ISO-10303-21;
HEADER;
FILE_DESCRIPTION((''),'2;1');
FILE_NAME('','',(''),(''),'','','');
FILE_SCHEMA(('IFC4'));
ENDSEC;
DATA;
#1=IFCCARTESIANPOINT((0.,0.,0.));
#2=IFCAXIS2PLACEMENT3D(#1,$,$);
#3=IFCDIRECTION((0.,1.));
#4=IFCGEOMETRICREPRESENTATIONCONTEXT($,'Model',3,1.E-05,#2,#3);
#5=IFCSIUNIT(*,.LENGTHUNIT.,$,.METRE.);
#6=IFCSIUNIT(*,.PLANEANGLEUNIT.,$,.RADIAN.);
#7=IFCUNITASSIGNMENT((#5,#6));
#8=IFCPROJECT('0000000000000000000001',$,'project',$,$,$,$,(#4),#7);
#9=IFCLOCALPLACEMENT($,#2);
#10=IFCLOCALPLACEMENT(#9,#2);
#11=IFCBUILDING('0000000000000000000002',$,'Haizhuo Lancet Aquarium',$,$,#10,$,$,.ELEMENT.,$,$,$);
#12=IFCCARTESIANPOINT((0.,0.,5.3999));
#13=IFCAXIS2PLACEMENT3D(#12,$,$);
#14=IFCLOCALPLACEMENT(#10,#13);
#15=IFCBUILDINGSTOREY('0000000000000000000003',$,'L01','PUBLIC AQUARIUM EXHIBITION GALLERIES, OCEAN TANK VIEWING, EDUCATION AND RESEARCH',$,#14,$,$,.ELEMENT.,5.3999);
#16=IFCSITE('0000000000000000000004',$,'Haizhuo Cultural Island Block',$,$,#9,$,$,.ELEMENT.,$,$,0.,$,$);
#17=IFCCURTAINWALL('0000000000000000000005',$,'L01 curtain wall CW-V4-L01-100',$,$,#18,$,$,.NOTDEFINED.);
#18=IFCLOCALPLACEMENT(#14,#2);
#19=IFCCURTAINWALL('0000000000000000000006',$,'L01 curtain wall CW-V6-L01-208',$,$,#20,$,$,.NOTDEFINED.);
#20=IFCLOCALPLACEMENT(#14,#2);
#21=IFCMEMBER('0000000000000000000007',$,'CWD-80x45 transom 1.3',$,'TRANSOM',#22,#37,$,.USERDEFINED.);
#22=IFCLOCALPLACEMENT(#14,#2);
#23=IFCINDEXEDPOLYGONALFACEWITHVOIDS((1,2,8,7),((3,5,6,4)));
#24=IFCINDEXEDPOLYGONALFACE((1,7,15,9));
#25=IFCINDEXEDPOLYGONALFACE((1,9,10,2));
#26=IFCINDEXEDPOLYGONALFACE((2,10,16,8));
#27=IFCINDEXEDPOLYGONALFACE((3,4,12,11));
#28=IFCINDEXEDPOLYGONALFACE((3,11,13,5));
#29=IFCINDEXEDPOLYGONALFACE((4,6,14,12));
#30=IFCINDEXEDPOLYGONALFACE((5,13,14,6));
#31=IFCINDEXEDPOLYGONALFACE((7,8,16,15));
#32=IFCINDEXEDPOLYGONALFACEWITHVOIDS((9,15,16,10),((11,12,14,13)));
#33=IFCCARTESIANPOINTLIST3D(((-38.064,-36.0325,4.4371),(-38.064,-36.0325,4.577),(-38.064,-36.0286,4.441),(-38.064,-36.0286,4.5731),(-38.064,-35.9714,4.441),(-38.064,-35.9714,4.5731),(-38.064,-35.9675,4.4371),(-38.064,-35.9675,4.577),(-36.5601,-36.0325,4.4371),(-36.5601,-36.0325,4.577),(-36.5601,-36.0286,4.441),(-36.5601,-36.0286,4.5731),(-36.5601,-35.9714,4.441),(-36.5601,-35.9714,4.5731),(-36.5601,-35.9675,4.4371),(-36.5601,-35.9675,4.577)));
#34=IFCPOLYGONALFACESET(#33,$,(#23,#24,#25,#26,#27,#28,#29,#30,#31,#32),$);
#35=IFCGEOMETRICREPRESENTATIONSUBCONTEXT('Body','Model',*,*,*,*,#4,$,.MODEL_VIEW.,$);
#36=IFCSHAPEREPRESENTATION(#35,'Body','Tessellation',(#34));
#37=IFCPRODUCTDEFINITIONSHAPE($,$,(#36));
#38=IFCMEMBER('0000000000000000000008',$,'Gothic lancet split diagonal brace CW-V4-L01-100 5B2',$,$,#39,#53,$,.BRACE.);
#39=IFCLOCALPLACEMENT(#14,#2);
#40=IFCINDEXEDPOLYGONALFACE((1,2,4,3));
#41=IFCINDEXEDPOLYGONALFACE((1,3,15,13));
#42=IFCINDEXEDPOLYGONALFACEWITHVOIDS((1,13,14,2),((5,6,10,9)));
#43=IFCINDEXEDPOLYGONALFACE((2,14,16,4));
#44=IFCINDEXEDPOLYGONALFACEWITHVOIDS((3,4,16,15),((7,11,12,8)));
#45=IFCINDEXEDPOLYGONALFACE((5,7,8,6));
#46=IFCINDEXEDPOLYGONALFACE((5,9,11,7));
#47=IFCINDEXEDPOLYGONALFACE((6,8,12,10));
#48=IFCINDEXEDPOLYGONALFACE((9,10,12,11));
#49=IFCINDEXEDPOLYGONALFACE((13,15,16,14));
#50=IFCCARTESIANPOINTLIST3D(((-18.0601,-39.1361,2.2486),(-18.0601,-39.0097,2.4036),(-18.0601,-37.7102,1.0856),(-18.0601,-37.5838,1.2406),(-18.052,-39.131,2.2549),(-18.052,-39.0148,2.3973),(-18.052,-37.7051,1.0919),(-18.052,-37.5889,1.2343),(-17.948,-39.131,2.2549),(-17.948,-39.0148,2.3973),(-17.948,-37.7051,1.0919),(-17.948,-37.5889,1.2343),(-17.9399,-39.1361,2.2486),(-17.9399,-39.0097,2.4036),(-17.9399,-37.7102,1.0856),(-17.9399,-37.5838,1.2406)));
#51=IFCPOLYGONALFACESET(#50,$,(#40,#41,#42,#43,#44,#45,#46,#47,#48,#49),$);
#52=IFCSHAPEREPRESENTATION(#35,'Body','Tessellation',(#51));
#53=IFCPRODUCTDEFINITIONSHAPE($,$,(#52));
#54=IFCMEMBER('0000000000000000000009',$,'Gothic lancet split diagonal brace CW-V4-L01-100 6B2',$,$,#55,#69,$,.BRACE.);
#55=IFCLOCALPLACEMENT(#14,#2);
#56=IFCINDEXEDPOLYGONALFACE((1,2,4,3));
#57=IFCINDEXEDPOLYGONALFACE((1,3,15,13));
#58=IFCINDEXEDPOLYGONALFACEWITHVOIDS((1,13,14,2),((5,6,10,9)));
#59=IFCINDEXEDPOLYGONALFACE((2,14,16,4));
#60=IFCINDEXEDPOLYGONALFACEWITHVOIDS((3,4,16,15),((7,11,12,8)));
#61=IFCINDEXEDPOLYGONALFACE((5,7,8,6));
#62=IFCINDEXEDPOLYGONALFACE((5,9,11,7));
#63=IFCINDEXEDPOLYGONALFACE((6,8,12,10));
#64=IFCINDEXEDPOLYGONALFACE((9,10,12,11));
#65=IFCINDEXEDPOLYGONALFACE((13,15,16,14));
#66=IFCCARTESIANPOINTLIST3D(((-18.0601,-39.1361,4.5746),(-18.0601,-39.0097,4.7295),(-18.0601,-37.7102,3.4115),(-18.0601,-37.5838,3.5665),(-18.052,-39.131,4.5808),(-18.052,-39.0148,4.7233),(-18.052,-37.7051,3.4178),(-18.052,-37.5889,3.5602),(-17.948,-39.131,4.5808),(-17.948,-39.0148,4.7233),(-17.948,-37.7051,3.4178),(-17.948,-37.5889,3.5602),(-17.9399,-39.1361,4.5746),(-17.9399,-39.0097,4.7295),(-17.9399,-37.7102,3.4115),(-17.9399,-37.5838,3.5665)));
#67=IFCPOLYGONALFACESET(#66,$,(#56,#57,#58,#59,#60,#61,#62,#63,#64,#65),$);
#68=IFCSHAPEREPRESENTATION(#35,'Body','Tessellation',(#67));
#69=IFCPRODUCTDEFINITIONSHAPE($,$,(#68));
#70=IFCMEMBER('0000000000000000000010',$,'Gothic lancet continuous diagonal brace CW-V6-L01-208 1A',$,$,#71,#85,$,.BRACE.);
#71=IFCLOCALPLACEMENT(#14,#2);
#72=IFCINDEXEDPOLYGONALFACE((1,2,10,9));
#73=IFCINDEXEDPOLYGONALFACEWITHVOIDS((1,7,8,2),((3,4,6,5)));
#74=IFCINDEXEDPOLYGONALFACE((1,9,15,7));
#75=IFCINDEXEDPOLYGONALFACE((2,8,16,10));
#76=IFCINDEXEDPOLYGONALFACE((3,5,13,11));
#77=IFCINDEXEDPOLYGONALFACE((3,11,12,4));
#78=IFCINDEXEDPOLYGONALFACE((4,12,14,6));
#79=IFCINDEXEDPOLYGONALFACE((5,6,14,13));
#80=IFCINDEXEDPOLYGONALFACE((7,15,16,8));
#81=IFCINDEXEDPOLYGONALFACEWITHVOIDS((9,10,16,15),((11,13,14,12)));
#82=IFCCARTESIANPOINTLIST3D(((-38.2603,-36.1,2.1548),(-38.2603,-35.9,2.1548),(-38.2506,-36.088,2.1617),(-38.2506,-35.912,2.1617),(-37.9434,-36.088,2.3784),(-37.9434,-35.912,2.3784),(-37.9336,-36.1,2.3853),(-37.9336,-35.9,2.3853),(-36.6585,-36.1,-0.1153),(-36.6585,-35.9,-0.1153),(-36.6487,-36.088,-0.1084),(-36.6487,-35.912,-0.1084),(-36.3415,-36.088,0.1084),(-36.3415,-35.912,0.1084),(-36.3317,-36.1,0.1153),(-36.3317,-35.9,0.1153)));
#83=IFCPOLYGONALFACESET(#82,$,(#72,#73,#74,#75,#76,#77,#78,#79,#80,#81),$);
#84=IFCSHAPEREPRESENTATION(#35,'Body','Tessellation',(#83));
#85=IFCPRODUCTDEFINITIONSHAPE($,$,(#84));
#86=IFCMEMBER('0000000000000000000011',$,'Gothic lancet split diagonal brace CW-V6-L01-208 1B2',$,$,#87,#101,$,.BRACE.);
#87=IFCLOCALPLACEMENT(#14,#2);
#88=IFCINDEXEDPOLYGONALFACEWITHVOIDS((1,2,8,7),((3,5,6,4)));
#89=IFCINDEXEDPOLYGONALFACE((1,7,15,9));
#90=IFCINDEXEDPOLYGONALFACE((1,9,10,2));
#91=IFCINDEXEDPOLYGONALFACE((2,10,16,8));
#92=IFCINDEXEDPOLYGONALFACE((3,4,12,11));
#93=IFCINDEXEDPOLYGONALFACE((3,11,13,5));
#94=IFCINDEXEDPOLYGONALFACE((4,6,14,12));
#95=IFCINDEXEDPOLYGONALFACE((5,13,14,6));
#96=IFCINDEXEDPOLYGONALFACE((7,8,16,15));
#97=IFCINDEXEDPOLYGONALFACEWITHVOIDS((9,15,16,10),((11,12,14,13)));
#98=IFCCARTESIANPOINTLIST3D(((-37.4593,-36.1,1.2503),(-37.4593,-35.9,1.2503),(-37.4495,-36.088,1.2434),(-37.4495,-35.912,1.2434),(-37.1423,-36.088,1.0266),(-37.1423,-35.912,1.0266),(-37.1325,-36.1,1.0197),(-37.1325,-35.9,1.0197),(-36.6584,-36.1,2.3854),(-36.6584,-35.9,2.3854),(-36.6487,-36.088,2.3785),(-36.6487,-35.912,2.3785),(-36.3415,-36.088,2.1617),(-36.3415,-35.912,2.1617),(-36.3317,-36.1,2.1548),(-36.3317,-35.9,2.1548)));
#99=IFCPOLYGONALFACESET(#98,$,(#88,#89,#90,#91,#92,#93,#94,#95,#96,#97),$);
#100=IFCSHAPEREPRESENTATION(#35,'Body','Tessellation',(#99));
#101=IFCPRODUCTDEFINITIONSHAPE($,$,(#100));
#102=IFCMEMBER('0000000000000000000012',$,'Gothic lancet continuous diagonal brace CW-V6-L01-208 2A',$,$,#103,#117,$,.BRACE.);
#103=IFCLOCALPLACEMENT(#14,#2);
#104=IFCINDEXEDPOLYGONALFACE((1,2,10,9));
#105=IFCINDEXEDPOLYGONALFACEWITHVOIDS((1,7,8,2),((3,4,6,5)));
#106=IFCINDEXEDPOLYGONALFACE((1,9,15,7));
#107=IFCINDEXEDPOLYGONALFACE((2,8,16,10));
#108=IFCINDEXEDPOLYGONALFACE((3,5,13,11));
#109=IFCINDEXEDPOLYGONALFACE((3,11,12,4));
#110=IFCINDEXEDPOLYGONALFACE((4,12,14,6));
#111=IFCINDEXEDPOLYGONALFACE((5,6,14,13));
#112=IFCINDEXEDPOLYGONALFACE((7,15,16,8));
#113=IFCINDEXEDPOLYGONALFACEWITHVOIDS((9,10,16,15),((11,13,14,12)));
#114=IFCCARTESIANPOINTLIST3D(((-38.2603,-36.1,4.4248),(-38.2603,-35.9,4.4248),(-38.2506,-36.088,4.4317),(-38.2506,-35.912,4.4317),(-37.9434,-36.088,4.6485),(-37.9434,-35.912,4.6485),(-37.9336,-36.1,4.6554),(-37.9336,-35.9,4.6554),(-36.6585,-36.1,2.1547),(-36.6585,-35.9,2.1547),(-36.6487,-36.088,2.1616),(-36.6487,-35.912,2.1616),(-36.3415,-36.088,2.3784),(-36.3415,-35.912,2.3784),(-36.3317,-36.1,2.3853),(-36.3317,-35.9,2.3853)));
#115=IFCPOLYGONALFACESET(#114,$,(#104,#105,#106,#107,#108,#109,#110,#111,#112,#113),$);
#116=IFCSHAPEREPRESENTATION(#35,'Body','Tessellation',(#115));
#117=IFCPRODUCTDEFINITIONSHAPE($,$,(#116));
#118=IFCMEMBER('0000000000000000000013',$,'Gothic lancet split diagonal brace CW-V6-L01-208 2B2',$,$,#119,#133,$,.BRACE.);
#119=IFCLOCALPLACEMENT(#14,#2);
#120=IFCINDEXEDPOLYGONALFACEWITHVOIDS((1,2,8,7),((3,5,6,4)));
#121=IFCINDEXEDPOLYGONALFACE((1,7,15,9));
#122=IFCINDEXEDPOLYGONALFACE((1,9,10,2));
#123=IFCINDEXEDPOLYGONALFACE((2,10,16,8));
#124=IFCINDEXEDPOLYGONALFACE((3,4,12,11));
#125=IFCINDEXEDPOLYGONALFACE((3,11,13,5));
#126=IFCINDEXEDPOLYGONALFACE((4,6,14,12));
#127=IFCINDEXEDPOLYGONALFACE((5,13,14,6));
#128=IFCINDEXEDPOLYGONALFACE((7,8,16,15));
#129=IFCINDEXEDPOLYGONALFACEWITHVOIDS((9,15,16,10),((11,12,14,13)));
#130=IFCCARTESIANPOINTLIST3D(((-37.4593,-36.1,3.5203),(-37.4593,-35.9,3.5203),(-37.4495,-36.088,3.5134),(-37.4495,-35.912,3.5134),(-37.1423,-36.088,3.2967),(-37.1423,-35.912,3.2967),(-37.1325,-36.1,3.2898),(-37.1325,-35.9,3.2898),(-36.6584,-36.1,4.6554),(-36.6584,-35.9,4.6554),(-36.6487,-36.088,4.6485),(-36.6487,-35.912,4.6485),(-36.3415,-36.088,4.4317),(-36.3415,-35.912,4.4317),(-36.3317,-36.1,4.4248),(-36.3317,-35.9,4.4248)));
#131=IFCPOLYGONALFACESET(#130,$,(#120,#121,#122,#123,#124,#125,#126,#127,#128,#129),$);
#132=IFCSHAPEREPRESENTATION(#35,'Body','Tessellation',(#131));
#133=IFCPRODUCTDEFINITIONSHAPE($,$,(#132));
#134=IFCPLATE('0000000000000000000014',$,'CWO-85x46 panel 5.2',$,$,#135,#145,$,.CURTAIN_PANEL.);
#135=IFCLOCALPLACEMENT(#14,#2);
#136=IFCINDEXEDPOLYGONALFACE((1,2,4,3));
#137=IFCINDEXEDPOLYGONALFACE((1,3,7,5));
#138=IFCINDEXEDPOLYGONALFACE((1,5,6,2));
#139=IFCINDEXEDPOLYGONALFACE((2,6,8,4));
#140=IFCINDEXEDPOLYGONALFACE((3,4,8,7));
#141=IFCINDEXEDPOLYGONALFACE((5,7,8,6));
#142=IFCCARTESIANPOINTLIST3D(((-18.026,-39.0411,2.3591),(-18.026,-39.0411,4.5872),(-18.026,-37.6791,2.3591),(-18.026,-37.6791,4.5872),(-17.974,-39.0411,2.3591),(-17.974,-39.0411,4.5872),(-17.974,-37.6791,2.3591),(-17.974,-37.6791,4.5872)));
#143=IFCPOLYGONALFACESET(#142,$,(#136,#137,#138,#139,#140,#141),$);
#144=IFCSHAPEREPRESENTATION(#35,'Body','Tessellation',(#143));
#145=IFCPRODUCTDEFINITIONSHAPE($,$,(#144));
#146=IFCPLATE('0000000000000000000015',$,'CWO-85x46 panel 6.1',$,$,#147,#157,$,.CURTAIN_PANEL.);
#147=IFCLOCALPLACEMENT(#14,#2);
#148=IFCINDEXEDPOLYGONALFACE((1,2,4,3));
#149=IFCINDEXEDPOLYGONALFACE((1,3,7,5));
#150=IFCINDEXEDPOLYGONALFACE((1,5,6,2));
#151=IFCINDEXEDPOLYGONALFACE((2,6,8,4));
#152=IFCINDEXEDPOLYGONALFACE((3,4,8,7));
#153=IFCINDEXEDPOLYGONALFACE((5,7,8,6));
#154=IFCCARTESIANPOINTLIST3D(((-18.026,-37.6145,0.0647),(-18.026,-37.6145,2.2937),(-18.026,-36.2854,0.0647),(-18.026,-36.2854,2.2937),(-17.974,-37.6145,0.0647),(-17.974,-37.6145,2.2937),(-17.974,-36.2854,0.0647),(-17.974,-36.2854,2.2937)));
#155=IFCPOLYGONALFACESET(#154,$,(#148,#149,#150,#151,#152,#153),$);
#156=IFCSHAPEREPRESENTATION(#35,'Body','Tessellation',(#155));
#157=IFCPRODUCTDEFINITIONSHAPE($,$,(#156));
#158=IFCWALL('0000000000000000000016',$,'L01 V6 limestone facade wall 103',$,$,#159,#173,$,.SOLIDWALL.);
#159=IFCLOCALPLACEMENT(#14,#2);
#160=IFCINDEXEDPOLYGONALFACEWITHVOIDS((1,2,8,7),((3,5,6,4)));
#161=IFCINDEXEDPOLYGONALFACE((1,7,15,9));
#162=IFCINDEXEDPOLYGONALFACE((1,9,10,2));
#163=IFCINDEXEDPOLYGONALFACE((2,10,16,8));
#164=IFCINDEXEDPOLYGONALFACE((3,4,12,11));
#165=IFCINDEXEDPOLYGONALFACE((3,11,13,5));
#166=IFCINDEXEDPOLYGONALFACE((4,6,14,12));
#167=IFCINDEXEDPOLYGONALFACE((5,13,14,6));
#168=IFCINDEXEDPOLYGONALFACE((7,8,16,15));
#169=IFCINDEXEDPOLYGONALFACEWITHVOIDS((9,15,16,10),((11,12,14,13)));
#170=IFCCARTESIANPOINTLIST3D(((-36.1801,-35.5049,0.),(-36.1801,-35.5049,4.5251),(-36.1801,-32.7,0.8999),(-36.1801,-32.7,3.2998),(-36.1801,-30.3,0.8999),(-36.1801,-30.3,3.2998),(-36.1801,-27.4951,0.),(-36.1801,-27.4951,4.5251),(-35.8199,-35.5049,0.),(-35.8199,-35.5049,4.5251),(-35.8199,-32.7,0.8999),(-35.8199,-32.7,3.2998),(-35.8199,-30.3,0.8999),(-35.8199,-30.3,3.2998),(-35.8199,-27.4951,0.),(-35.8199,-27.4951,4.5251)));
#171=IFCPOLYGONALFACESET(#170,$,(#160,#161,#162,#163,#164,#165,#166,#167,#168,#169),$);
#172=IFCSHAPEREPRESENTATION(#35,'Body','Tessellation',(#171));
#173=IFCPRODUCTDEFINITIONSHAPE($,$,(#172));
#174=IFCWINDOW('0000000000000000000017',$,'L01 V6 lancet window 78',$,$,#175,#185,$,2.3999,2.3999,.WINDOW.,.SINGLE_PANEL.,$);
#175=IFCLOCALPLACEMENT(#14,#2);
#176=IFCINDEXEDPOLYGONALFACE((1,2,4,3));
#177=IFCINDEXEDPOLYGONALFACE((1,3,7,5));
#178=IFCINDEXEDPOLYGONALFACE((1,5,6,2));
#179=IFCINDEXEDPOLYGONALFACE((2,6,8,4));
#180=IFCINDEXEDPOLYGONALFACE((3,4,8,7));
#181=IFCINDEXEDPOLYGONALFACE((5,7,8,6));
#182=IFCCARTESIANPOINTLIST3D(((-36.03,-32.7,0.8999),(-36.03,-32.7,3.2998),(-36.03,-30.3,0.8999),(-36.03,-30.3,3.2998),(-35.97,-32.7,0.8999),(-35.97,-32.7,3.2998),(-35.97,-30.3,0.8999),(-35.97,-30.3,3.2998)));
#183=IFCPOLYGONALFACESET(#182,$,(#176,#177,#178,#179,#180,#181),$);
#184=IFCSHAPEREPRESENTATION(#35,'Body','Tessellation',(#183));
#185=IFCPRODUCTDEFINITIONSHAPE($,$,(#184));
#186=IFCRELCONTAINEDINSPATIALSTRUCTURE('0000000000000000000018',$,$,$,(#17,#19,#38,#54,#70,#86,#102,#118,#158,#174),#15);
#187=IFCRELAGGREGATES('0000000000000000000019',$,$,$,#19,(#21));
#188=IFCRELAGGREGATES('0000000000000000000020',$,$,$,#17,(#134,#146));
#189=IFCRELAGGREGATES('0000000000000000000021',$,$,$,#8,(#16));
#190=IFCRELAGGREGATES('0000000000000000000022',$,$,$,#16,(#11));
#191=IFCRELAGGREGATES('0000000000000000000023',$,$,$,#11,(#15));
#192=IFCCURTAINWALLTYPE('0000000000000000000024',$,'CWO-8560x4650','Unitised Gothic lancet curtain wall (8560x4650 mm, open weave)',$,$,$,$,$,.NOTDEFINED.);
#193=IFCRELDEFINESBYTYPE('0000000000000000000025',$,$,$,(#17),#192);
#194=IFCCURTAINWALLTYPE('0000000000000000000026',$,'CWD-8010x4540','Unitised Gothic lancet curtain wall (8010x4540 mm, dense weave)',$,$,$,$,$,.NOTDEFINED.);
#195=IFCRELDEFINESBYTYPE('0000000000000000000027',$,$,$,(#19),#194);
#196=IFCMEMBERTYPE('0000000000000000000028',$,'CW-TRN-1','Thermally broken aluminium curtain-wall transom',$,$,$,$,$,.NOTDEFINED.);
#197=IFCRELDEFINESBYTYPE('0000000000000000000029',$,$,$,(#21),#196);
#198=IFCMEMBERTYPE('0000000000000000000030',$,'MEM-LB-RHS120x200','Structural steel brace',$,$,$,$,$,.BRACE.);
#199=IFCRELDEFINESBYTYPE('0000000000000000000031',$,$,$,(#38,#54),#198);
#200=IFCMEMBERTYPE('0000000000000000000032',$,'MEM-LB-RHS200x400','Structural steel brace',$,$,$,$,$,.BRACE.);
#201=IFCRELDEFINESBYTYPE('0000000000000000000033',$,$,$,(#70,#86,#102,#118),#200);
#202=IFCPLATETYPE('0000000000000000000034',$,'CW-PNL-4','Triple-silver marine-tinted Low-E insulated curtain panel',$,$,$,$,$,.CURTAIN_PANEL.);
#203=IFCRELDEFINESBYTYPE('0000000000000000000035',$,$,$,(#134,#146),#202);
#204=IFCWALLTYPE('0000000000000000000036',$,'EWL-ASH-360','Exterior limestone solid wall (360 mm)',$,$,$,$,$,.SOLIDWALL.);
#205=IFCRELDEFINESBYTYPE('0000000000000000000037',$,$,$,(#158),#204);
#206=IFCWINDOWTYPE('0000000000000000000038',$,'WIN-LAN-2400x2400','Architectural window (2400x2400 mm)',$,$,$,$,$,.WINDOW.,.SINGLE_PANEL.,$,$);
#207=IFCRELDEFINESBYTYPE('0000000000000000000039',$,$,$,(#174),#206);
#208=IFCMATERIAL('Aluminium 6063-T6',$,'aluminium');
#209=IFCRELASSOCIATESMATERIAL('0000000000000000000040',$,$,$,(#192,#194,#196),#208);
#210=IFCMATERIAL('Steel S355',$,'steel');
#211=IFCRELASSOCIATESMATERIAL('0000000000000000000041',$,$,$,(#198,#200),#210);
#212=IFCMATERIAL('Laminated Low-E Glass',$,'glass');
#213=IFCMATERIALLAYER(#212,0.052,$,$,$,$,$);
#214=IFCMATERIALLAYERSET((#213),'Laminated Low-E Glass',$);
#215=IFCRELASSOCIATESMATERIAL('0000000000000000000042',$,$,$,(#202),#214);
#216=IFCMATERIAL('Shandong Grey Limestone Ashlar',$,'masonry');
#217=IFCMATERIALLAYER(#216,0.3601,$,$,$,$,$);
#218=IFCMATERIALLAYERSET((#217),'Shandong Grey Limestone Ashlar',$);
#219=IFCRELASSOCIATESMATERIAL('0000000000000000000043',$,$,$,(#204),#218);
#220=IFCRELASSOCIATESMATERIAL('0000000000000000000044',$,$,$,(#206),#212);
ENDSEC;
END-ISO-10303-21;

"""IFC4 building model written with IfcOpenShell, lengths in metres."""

from ifc_helpers import new_model, si_unit, direction, frame, frame_2d, origin, origin_2d, place, context, subcontext, project, spatial, rectangle, hollow_rectangle, extrude, material, layer, layer_set, material_profile, profile_set, type_object, element, fill, aggregate, save


model = new_model("IFC4")

# Units and contexts
model_context = context("Model", 3, precision=1e-05, world=origin(), true_north=direction((0.0, 1.0)))
body_context = subcontext(model_context, "Body", "Model", "MODEL_VIEW")
ifc_project = project(units=[si_unit("LENGTHUNIT", "METRE"), si_unit("PLANEANGLEUNIT", "RADIAN")], contexts=[model_context])

# Site, building, storey
site_placement = place(None, origin())
site = spatial("IfcSite", under=ifc_project, at=site_placement, Name="Haizhuo Cultural Island Block", CompositionType="ELEMENT", RefElevation=0.0)
building_placement = place(site_placement, origin())
building = spatial("IfcBuilding", under=site, at=building_placement, Name="Haizhuo Lancet Aquarium", CompositionType="ELEMENT")
storey_placement = place(building_placement, frame((0.0, 0.0, 5.3999)))
storey = spatial("IfcBuildingStorey", under=building, at=storey_placement, Name="L01", Description="PUBLIC AQUARIUM EXHIBITION GALLERIES, OCEAN TANK VIEWING, EDUCATION AND RESEARCH", CompositionType="ELEMENT", Elevation=5.3999)

# Shared definitions
ifc_material_1 = material(Name="Steel S355", Category="steel")

# Curtain walls
ifc_material_2 = material(Name="Aluminium 6063-T6", Category="aluminium")
curtain_wall_type_1 = type_object("IfcCurtainWallType", Name="CWO-8560x4650", Description="Unitised Gothic lancet curtain wall (8560x4650 mm, open weave)", PredefinedType="NOTDEFINED", material=ifc_material_2)
curtain_wall_1_placement = place(storey_placement, origin())
curtain_wall_1 = element("IfcCurtainWall", 1, at=curtain_wall_1_placement, inside=storey, type_object=curtain_wall_type_1, Name="L01 curtain wall CW-V4-L01-100", PredefinedType="NOTDEFINED")
curtain_wall_type_2 = type_object("IfcCurtainWallType", Name="CWD-8010x4540", Description="Unitised Gothic lancet curtain wall (8010x4540 mm, dense weave)", PredefinedType="NOTDEFINED", material=ifc_material_2)
curtain_wall_2_placement = place(storey_placement, origin())
curtain_wall_2 = element("IfcCurtainWall", 2, at=curtain_wall_2_placement, inside=storey, type_object=curtain_wall_type_2, Name="L01 curtain wall CW-V6-L01-208", PredefinedType="NOTDEFINED")

# Member
ifc_material_profile_1 = material_profile(ifc_material_2, hollow_rectangle(XDim=0.0649, YDim=0.1399, WallThickness=0.0039, at=origin_2d()), Name="ALU-T 65x140x4")
ifc_profile_set_1 = profile_set([ifc_material_profile_1], Name="Aluminium 6063-T6")
member_type_1 = type_object("IfcMemberType", Name="CW-TRN-1", Description="Thermally broken aluminium curtain-wall transom", PredefinedType="NOTDEFINED", material=ifc_profile_set_1)
member_1_placement = place(storey_placement, frame((-36.5601, -36.0, 4.5071), z_axis=(-1.0, 0.0, 0.0), x_axis=(0.0, -1.0, 0.0)))
member_1 = element("IfcMember", 3, at=member_1_placement, type_object=member_type_1, Name="CWD-80x45 transom 1.3", ObjectType="TRANSOM", PredefinedType="USERDEFINED", context=body_context, shape_type="SweptSolid", body=[
    extrude(hollow_rectangle(XDim=0.0649, YDim=0.1399, WallThickness=0.0039, at=origin_2d()), origin(), (0.0, 0.0, 1.0), 1.5039),
])
aggregate(curtain_wall_2, [member_1])

# Members
ifc_material_profile_2 = material_profile(ifc_material_1, hollow_rectangle(XDim=0.1201, YDim=0.2, WallThickness=0.0081, at=origin_2d()), Name="RHS 120x200x8")
ifc_profile_set_2 = profile_set([ifc_material_profile_2], Name="Steel S355")
member_type_2 = type_object("IfcMemberType", Name="MEM-LB-RHS120x200", Description="Structural steel brace", PredefinedType="BRACE", material=ifc_profile_set_2)
for number, where, z_axis, x_axis, name in (
    (4, (-18.0, -37.647, 1.1631), (0.0, -0.774932, 0.632045), (1.0, 0.0, 0.0), "Gothic lancet split diagonal brace CW-V4-L01-100 5B2"),
    (5, (-18.0, -37.647, 3.489), (0.0, -0.774932, 0.632045), (1.0, 0.0, 0.0), "Gothic lancet split diagonal brace CW-V4-L01-100 6B2"),
):
    element("IfcMember", number, at=place(storey_placement, frame(where, z_axis=z_axis, x_axis=x_axis)), inside=storey, type_object=member_type_2, Name=name, PredefinedType="BRACE", context=body_context, shape_type="SweptSolid", body=[
        extrude(hollow_rectangle(XDim=0.1201, YDim=0.2, WallThickness=0.0081, at=origin_2d()), origin(), (0.0, 0.0, 1.0), 1.8401),
    ])
ifc_material_profile_3 = material_profile(ifc_material_1, hollow_rectangle(XDim=0.2, YDim=0.3999, WallThickness=0.012, at=origin_2d()), Name="RHS 200x400x12")
ifc_profile_set_3 = profile_set([ifc_material_profile_3], Name="Steel S355")
member_type_3 = type_object("IfcMemberType", Name="MEM-LB-RHS200x400", Description="Structural steel brace", PredefinedType="BRACE", material=ifc_profile_set_3)
member_2_placement = place(storey_placement, frame((-36.4951, -36.0, 0.0), z_axis=(-0.576549, 0.0, 0.817063), x_axis=(0.0, -1.0, 0.0)))
element("IfcMember", 6, at=member_2_placement, inside=storey, type_object=member_type_3, Name="Gothic lancet continuous diagonal brace CW-V6-L01-208 1A", PredefinedType="BRACE", context=body_context, shape_type="SweptSolid", body=[
    extrude(hollow_rectangle(XDim=0.2, YDim=0.3999, WallThickness=0.012, at=origin_2d()), origin(), (0.0, 0.0, 1.0), 2.7783),
])
member_3_placement = place(storey_placement, frame((-37.2959, -36.0, 1.135), z_axis=(0.57649, 0.0, 0.817104), x_axis=(0.0, 1.0, 0.0)))
element("IfcMember", 7, at=member_3_placement, inside=storey, type_object=member_type_3, Name="Gothic lancet split diagonal brace CW-V6-L01-208 1B2", PredefinedType="BRACE", context=body_context, shape_type="SweptSolid", body=[
    extrude(hollow_rectangle(XDim=0.2, YDim=0.3999, WallThickness=0.012, at=origin_2d()), origin(), (0.0, 0.0, 1.0), 1.3892),
])
member_4_placement = place(storey_placement, frame((-36.4951, -36.0, 2.27), z_axis=(-0.576549, 0.0, 0.817063), x_axis=(0.0, -1.0, 0.0)))
element("IfcMember", 8, at=member_4_placement, inside=storey, type_object=member_type_3, Name="Gothic lancet continuous diagonal brace CW-V6-L01-208 2A", PredefinedType="BRACE", context=body_context, shape_type="SweptSolid", body=[
    extrude(hollow_rectangle(XDim=0.2, YDim=0.3999, WallThickness=0.012, at=origin_2d()), origin(), (0.0, 0.0, 1.0), 2.7783),
])
member_5_placement = place(storey_placement, frame((-37.2959, -36.0, 3.405), z_axis=(0.57649, 0.0, 0.817104), x_axis=(0.0, 1.0, 0.0)))
element("IfcMember", 9, at=member_5_placement, inside=storey, type_object=member_type_3, Name="Gothic lancet split diagonal brace CW-V6-L01-208 2B2", PredefinedType="BRACE", context=body_context, shape_type="SweptSolid", body=[
    extrude(hollow_rectangle(XDim=0.2, YDim=0.3999, WallThickness=0.012, at=origin_2d()), origin(), (0.0, 0.0, 1.0), 1.3892),
])

# Plates
ifc_material_3 = material(Name="Laminated Low-E Glass", Category="glass")
ifc_layer_1 = layer(ifc_material_3, 0.052)
ifc_layer_set_1 = layer_set([ifc_layer_1], Name="Laminated Low-E Glass")
plate_type = type_object("IfcPlateType", Name="CW-PNL-4", Description="Triple-silver marine-tinted Low-E insulated curtain panel", PredefinedType="CURTAIN_PANEL", material=ifc_layer_set_1)
plate_1_placement = place(storey_placement, frame((-18.0, -38.3601, 2.3591), z_axis=(0.0, 0.0, 1.0), x_axis=(0.0, 1.0, 0.0)))
plate_1 = element("IfcPlate", 10, at=plate_1_placement, type_object=plate_type, Name="CWO-85x46 panel 5.2", PredefinedType="CURTAIN_PANEL", context=body_context, shape_type="SweptSolid", body=[
    extrude(rectangle(XDim=1.3621, YDim=0.052, at=origin_2d()), origin(), (0.0, 0.0, 1.0), 2.228),
])
plate_2_placement = place(storey_placement, frame((-18.0, -36.95, 0.0647), z_axis=(0.0, 0.0, 1.0), x_axis=(0.0, 1.0, 0.0)))
plate_2 = element("IfcPlate", 11, at=plate_2_placement, type_object=plate_type, Name="CWO-85x46 panel 6.1", PredefinedType="CURTAIN_PANEL", context=body_context, shape_type="SweptSolid", body=[
    extrude(rectangle(XDim=1.3291, YDim=0.052, at=origin_2d()), origin(), (0.0, 0.0, 1.0), 2.229),
])
aggregate(curtain_wall_1, [plate_1, plate_2])

# Wall, opening, window
ifc_material_4 = material(Name="Shandong Grey Limestone Ashlar", Category="masonry")
ifc_layer_2 = layer(ifc_material_4, 0.3601)
ifc_layer_set_2 = layer_set([ifc_layer_2], Name="Shandong Grey Limestone Ashlar")
wall_type_1 = type_object("IfcWallType", Name="EWL-ASH-360", Description="Exterior limestone solid wall (360 mm)", PredefinedType="SOLIDWALL", material=ifc_layer_set_2)
wall_1_placement = place(storey_placement, frame((-36.0, -27.4951, 0.0), z_axis=(0.0, 0.0, 1.0), x_axis=(0.0, -1.0, 0.0)))
wall_1 = element("IfcWall", 12, at=wall_1_placement, inside=storey, type_object=wall_type_1, Name="L01 V6 limestone facade wall 103", PredefinedType="SOLIDWALL", context=body_context, shape_type="SweptSolid", body=[
    extrude(rectangle(XDim=8.0098, YDim=0.3601, at=frame_2d((4.0049, 0.0))), origin(), (0.0, 0.0, 1.0), 4.5251),
])
opening_placement = place(wall_1_placement, frame((2.8049, 0.0, 0.8999)))
opening = element("IfcOpeningElement", 13, at=opening_placement, cuts=wall_1, PredefinedType="OPENING", context=body_context, shape_type="SweptSolid", body=[
    extrude(rectangle(XDim=2.3999, YDim=2.3999, at=frame_2d((1.2, 1.2))), frame((0.0, 0.1899, 0.0), z_axis=(0.0, -1.0, 0.0), x_axis=(1.0, 0.0, 0.0)), (0.0, 0.0, 1.0), 0.3801),
])
window_type = type_object("IfcWindowType", Name="WIN-LAN-2400x2400", Description="Architectural window (2400x2400 mm)", PartitioningType="SINGLE_PANEL", PredefinedType="WINDOW", material=ifc_material_3)
window_placement = place(opening_placement, origin())
window = element("IfcWindow", 14, at=window_placement, inside=storey, type_object=window_type, Name="L01 V6 lancet window 78", OverallHeight=2.3999, OverallWidth=2.3999, PartitioningType="SINGLE_PANEL", PredefinedType="WINDOW", context=body_context, shape_type="SweptSolid", body=[
    extrude(rectangle(XDim=2.3999, YDim=2.3999, at=frame_2d((1.2, 1.2))), frame((0.0, 0.03, 0.0), z_axis=(0.0, -1.0, 0.0), x_axis=(1.0, 0.0, 0.0)), (0.0, 0.0, 1.0), 0.0601),
])
fill(opening, window)

save(model, "model.ifc")
